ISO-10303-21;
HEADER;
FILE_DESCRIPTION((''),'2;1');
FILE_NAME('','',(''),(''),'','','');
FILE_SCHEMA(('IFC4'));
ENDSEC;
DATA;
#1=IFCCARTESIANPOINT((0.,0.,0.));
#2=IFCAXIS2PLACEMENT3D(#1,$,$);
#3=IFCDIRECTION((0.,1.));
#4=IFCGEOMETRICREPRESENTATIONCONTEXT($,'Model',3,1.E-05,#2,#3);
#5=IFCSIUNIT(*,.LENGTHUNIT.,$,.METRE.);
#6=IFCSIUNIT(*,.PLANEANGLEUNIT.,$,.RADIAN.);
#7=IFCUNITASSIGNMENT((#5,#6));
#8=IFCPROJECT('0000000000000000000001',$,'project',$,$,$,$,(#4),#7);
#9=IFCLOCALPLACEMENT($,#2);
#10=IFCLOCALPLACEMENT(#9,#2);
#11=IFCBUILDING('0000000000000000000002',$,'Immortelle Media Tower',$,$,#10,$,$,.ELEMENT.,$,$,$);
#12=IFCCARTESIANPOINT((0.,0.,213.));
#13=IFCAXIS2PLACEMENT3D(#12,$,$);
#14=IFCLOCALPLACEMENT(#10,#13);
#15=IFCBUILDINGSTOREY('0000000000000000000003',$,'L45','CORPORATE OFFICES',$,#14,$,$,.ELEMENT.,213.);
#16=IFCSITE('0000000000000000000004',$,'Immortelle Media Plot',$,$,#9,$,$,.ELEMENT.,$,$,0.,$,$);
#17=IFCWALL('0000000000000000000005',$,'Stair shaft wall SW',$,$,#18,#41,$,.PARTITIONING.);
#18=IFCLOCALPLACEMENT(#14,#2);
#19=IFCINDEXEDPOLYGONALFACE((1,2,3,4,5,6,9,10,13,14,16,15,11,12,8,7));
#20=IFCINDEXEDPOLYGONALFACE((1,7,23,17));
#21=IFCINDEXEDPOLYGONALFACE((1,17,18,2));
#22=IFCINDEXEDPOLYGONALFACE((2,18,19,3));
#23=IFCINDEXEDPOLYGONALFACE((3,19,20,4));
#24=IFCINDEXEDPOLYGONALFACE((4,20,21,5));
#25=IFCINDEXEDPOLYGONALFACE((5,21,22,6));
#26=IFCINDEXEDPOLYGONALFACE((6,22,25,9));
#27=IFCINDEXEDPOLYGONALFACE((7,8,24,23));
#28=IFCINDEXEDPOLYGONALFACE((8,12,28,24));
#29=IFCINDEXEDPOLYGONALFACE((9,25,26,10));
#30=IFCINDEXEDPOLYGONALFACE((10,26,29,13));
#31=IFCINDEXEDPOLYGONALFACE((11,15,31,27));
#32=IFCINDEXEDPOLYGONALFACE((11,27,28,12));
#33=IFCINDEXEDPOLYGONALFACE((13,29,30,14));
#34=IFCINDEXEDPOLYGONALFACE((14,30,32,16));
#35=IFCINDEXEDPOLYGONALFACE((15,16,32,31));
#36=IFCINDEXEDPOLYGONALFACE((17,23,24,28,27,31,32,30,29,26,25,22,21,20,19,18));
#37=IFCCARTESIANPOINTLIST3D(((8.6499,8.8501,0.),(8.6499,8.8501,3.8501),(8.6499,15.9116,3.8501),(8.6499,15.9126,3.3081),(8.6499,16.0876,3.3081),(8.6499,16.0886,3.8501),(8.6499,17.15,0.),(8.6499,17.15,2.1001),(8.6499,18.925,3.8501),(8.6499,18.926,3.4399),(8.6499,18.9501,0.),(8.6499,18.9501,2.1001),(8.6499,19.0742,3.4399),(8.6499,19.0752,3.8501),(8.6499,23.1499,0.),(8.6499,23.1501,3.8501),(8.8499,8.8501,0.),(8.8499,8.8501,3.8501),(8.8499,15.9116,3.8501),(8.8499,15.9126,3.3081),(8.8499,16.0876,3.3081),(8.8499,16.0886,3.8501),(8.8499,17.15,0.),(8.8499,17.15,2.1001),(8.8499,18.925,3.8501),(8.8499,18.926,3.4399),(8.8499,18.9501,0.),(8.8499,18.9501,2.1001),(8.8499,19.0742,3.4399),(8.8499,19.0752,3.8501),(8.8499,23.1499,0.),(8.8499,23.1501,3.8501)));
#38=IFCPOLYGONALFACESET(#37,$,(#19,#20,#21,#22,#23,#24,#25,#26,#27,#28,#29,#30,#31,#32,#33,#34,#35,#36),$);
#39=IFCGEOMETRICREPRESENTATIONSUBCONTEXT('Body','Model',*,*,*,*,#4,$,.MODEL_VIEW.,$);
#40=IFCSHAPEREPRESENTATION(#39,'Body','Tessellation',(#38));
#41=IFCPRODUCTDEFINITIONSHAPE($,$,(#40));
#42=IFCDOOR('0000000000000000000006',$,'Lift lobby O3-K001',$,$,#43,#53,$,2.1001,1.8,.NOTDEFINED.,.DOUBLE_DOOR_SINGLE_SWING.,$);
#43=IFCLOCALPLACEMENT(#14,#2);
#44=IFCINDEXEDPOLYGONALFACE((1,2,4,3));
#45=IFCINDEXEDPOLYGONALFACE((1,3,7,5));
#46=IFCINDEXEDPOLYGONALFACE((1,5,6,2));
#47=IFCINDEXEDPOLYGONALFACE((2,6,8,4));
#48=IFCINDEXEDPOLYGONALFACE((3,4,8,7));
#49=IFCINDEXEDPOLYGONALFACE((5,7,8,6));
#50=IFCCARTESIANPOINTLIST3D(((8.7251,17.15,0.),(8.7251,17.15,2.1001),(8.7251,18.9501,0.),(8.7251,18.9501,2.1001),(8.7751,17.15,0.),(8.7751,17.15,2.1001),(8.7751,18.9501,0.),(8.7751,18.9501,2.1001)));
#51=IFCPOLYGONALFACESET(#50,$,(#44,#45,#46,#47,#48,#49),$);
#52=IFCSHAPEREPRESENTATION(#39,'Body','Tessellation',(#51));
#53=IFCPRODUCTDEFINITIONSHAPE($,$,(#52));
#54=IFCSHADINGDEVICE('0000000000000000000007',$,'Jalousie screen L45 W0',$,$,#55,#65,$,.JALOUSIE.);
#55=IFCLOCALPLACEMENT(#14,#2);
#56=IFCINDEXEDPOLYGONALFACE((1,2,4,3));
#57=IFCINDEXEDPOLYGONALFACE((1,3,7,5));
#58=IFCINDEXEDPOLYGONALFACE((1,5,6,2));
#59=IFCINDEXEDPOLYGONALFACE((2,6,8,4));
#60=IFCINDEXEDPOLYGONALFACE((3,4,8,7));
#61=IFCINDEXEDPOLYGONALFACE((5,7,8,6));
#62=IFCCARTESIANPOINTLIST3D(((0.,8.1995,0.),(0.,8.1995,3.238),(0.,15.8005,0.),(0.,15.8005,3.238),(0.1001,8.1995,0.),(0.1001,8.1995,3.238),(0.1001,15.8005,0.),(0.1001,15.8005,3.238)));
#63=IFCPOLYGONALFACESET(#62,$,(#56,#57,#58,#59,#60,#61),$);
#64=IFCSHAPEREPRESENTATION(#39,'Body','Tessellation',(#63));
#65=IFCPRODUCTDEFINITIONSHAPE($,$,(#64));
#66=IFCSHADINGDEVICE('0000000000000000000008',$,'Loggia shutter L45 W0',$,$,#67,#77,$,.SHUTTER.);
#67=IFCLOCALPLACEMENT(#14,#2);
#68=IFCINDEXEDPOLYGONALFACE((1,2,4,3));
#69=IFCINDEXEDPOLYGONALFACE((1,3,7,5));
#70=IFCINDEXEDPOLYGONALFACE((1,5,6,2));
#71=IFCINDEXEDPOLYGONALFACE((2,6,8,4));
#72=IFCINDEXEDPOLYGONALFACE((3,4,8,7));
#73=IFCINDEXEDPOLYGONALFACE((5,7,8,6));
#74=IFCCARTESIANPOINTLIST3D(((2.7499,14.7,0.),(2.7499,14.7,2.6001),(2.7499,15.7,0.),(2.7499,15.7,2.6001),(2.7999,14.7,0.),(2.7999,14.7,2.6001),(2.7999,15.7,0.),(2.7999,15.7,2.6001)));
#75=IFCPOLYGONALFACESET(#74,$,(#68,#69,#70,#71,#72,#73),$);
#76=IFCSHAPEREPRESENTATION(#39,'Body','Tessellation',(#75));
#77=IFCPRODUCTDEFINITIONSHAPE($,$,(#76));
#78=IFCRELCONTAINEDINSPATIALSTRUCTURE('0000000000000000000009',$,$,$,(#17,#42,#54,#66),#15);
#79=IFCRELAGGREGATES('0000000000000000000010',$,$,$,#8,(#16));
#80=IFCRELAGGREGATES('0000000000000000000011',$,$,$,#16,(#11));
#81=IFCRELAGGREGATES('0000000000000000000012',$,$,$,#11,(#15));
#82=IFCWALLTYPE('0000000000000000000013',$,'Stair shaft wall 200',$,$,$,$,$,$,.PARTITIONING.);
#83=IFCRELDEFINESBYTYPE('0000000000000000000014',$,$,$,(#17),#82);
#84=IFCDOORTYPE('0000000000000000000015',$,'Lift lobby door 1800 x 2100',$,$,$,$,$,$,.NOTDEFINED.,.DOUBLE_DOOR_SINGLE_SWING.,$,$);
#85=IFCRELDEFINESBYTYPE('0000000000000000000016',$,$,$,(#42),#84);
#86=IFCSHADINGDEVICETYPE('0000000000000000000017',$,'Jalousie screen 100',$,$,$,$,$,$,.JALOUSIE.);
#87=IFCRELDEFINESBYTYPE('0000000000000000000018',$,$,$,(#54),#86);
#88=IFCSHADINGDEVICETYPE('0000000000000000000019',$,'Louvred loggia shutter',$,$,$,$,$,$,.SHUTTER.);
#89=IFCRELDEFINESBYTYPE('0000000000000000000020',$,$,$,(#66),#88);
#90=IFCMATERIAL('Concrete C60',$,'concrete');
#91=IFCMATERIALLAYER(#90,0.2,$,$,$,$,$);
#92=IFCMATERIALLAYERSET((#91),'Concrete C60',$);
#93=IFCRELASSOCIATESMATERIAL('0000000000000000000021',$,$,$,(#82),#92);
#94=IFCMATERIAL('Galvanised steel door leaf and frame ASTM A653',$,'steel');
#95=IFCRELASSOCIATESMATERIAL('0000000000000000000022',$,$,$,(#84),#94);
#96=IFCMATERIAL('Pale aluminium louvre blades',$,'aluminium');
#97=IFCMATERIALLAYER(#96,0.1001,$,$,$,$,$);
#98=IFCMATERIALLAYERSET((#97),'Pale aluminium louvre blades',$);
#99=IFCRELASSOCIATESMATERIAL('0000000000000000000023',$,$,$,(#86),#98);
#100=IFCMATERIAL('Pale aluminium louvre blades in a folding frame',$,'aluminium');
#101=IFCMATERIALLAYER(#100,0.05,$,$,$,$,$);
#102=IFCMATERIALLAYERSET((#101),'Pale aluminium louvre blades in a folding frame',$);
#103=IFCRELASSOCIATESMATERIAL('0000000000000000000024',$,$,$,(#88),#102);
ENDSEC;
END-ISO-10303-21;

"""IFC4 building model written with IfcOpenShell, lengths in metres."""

from ifc_helpers import new_model, si_unit, direction, frame, frame_2d, origin, origin_2d, place, context, subcontext, project, spatial, polyline, rectangle, outline, extrude, material, layer, layer_set, type_object, element, fill, save


model = new_model("IFC4")

# Units and contexts
model_context = context("Model", 3, precision=1e-05, world=origin(), true_north=direction((0.0, 1.0)))
body_context = subcontext(model_context, "Body", "Model", "MODEL_VIEW")
ifc_project = project(units=[si_unit("LENGTHUNIT", "METRE"), si_unit("PLANEANGLEUNIT", "RADIAN")], contexts=[model_context])

# Site, building, storey
site_placement = place(None, origin())
site = spatial("IfcSite", under=ifc_project, at=site_placement, Name="Immortelle Media Plot", CompositionType="ELEMENT", RefElevation=0.0)
building_placement = place(site_placement, origin())
building = spatial("IfcBuilding", under=site, at=building_placement, Name="Immortelle Media Tower", CompositionType="ELEMENT")
storey_placement = place(building_placement, frame((0.0, 0.0, 213.0)))
storey = spatial("IfcBuildingStorey", under=building, at=storey_placement, Name="L45", Description="CORPORATE OFFICES", CompositionType="ELEMENT", Elevation=213.0)

# Shared definitions
ifc_material_1 = material(Name="Concrete C60", Category="concrete")
ifc_layer_1 = layer(ifc_material_1, 0.2)
ifc_layer_set_1 = layer_set([ifc_layer_1], Name="Concrete C60")
wall_type_1 = type_object("IfcWallType", Name="Stair shaft wall 200", PredefinedType="PARTITIONING", material=ifc_layer_set_1)
ifc_material_2 = material(Name="Galvanised steel door leaf and frame ASTM A653", Category="steel")

# Wall, opening, door
wall_1_placement = place(storey_placement, frame((8.75, 8.8501, 0.0), z_axis=(0.0, 0.0, 1.0), x_axis=(0.0, 1.0, 0.0)))
wall_1 = element("IfcWall", 1, at=wall_1_placement, inside=storey, type_object=wall_type_1, Name="Stair shaft wall SW", PredefinedType="PARTITIONING", context=body_context, shape_type="SweptSolid", body=[
    extrude(outline(polyline([(0.0, 0.0), (14.2998, 0.0), (14.3, 3.8501), (10.2251, 3.8501), (10.2241, 3.4399), (10.0759, 3.4399), (10.075, 3.8501), (7.2385, 3.8501), (7.2375, 3.3081), (7.0625, 3.3081), (7.0615, 3.8501), (0.0, 3.8501), (0.0, 0.0)])), frame((0.0, 0.1001, 0.0), z_axis=(0.0, -1.0, 0.0), x_axis=(1.0, 0.0, 0.0)), (0.0, 0.0, 1.0), 0.2),
])
opening_1_placement = place(wall_1_placement, frame((8.3, 0.0, 0.0)))
opening_1 = element("IfcOpeningElement", 2, at=opening_1_placement, cuts=wall_1, PredefinedType="OPENING", context=body_context, shape_type="SweptSolid", body=[
    extrude(rectangle(XDim=1.8, YDim=2.1001, at=frame_2d((0.8999, 1.05))), frame((0.0, 0.1099, 0.0), z_axis=(0.0, -1.0, 0.0), x_axis=(1.0, 0.0, 0.0)), (0.0, 0.0, 1.0), 0.22),
])
door_type_1 = type_object("IfcDoorType", Name="Lift lobby door 1800 x 2100", OperationType="DOUBLE_DOOR_SINGLE_SWING", PredefinedType="NOTDEFINED", material=ifc_material_2)
door_1_placement = place(opening_1_placement, origin())
door_1 = element("IfcDoor", 3, at=door_1_placement, inside=storey, type_object=door_type_1, Name="Lift lobby O3-K001", OperationType="DOUBLE_DOOR_SINGLE_SWING", OverallHeight=2.1001, OverallWidth=1.8, PredefinedType="NOTDEFINED", context=body_context, shape_type="SweptSolid", body=[
    extrude(rectangle(XDim=1.8, YDim=2.1001, at=frame_2d((0.8999, 1.05))), frame((0.0, 0.0249, 0.0), z_axis=(0.0, -1.0, 0.0), x_axis=(1.0, 0.0, 0.0)), (0.0, 0.0, 1.0), 0.05),
])
fill(opening_1, door_1)

# Shading devices
ifc_material_3 = material(Name="Pale aluminium louvre blades", Category="aluminium")
ifc_layer_2 = layer(ifc_material_3, 0.1001)
ifc_layer_set_2 = layer_set([ifc_layer_2], Name="Pale aluminium louvre blades")
shading_device_type_1 = type_object("IfcShadingDeviceType", Name="Jalousie screen 100", PredefinedType="JALOUSIE", material=ifc_layer_set_2)
shading_device_1_placement = place(storey_placement, frame((0.05, 12.0, 0.0), z_axis=(0.0, 0.0, 1.0), x_axis=(0.0, -1.0, 0.0)))
element("IfcShadingDevice", 4, at=shading_device_1_placement, inside=storey, type_object=shading_device_type_1, Name="Jalousie screen L45 W0", PredefinedType="JALOUSIE", context=body_context, shape_type="SweptSolid", body=[
    extrude(rectangle(XDim=7.6011, YDim=0.1001, at=origin_2d()), origin(), (0.0, 0.0, 1.0), 3.238),
])
ifc_material_4 = material(Name="Pale aluminium louvre blades in a folding frame", Category="aluminium")
ifc_layer_3 = layer(ifc_material_4, 0.05)
ifc_layer_set_3 = layer_set([ifc_layer_3], Name="Pale aluminium louvre blades in a folding frame")
shading_device_type_2 = type_object("IfcShadingDeviceType", Name="Louvred loggia shutter", PredefinedType="SHUTTER", material=ifc_layer_set_3)
shading_device_2_placement = place(storey_placement, frame((2.7749, 15.2, 0.0), z_axis=(0.0, 0.0, 1.0), x_axis=(0.0, -1.0, 0.0)))
element("IfcShadingDevice", 5, at=shading_device_2_placement, inside=storey, type_object=shading_device_type_2, Name="Loggia shutter L45 W0", PredefinedType="SHUTTER", context=body_context, shape_type="SweptSolid", body=[
    extrude(rectangle(XDim=1.0, YDim=0.05, at=origin_2d()), origin(), (0.0, 0.0, 1.0), 2.6001),
])

save(model, "model.ifc")
